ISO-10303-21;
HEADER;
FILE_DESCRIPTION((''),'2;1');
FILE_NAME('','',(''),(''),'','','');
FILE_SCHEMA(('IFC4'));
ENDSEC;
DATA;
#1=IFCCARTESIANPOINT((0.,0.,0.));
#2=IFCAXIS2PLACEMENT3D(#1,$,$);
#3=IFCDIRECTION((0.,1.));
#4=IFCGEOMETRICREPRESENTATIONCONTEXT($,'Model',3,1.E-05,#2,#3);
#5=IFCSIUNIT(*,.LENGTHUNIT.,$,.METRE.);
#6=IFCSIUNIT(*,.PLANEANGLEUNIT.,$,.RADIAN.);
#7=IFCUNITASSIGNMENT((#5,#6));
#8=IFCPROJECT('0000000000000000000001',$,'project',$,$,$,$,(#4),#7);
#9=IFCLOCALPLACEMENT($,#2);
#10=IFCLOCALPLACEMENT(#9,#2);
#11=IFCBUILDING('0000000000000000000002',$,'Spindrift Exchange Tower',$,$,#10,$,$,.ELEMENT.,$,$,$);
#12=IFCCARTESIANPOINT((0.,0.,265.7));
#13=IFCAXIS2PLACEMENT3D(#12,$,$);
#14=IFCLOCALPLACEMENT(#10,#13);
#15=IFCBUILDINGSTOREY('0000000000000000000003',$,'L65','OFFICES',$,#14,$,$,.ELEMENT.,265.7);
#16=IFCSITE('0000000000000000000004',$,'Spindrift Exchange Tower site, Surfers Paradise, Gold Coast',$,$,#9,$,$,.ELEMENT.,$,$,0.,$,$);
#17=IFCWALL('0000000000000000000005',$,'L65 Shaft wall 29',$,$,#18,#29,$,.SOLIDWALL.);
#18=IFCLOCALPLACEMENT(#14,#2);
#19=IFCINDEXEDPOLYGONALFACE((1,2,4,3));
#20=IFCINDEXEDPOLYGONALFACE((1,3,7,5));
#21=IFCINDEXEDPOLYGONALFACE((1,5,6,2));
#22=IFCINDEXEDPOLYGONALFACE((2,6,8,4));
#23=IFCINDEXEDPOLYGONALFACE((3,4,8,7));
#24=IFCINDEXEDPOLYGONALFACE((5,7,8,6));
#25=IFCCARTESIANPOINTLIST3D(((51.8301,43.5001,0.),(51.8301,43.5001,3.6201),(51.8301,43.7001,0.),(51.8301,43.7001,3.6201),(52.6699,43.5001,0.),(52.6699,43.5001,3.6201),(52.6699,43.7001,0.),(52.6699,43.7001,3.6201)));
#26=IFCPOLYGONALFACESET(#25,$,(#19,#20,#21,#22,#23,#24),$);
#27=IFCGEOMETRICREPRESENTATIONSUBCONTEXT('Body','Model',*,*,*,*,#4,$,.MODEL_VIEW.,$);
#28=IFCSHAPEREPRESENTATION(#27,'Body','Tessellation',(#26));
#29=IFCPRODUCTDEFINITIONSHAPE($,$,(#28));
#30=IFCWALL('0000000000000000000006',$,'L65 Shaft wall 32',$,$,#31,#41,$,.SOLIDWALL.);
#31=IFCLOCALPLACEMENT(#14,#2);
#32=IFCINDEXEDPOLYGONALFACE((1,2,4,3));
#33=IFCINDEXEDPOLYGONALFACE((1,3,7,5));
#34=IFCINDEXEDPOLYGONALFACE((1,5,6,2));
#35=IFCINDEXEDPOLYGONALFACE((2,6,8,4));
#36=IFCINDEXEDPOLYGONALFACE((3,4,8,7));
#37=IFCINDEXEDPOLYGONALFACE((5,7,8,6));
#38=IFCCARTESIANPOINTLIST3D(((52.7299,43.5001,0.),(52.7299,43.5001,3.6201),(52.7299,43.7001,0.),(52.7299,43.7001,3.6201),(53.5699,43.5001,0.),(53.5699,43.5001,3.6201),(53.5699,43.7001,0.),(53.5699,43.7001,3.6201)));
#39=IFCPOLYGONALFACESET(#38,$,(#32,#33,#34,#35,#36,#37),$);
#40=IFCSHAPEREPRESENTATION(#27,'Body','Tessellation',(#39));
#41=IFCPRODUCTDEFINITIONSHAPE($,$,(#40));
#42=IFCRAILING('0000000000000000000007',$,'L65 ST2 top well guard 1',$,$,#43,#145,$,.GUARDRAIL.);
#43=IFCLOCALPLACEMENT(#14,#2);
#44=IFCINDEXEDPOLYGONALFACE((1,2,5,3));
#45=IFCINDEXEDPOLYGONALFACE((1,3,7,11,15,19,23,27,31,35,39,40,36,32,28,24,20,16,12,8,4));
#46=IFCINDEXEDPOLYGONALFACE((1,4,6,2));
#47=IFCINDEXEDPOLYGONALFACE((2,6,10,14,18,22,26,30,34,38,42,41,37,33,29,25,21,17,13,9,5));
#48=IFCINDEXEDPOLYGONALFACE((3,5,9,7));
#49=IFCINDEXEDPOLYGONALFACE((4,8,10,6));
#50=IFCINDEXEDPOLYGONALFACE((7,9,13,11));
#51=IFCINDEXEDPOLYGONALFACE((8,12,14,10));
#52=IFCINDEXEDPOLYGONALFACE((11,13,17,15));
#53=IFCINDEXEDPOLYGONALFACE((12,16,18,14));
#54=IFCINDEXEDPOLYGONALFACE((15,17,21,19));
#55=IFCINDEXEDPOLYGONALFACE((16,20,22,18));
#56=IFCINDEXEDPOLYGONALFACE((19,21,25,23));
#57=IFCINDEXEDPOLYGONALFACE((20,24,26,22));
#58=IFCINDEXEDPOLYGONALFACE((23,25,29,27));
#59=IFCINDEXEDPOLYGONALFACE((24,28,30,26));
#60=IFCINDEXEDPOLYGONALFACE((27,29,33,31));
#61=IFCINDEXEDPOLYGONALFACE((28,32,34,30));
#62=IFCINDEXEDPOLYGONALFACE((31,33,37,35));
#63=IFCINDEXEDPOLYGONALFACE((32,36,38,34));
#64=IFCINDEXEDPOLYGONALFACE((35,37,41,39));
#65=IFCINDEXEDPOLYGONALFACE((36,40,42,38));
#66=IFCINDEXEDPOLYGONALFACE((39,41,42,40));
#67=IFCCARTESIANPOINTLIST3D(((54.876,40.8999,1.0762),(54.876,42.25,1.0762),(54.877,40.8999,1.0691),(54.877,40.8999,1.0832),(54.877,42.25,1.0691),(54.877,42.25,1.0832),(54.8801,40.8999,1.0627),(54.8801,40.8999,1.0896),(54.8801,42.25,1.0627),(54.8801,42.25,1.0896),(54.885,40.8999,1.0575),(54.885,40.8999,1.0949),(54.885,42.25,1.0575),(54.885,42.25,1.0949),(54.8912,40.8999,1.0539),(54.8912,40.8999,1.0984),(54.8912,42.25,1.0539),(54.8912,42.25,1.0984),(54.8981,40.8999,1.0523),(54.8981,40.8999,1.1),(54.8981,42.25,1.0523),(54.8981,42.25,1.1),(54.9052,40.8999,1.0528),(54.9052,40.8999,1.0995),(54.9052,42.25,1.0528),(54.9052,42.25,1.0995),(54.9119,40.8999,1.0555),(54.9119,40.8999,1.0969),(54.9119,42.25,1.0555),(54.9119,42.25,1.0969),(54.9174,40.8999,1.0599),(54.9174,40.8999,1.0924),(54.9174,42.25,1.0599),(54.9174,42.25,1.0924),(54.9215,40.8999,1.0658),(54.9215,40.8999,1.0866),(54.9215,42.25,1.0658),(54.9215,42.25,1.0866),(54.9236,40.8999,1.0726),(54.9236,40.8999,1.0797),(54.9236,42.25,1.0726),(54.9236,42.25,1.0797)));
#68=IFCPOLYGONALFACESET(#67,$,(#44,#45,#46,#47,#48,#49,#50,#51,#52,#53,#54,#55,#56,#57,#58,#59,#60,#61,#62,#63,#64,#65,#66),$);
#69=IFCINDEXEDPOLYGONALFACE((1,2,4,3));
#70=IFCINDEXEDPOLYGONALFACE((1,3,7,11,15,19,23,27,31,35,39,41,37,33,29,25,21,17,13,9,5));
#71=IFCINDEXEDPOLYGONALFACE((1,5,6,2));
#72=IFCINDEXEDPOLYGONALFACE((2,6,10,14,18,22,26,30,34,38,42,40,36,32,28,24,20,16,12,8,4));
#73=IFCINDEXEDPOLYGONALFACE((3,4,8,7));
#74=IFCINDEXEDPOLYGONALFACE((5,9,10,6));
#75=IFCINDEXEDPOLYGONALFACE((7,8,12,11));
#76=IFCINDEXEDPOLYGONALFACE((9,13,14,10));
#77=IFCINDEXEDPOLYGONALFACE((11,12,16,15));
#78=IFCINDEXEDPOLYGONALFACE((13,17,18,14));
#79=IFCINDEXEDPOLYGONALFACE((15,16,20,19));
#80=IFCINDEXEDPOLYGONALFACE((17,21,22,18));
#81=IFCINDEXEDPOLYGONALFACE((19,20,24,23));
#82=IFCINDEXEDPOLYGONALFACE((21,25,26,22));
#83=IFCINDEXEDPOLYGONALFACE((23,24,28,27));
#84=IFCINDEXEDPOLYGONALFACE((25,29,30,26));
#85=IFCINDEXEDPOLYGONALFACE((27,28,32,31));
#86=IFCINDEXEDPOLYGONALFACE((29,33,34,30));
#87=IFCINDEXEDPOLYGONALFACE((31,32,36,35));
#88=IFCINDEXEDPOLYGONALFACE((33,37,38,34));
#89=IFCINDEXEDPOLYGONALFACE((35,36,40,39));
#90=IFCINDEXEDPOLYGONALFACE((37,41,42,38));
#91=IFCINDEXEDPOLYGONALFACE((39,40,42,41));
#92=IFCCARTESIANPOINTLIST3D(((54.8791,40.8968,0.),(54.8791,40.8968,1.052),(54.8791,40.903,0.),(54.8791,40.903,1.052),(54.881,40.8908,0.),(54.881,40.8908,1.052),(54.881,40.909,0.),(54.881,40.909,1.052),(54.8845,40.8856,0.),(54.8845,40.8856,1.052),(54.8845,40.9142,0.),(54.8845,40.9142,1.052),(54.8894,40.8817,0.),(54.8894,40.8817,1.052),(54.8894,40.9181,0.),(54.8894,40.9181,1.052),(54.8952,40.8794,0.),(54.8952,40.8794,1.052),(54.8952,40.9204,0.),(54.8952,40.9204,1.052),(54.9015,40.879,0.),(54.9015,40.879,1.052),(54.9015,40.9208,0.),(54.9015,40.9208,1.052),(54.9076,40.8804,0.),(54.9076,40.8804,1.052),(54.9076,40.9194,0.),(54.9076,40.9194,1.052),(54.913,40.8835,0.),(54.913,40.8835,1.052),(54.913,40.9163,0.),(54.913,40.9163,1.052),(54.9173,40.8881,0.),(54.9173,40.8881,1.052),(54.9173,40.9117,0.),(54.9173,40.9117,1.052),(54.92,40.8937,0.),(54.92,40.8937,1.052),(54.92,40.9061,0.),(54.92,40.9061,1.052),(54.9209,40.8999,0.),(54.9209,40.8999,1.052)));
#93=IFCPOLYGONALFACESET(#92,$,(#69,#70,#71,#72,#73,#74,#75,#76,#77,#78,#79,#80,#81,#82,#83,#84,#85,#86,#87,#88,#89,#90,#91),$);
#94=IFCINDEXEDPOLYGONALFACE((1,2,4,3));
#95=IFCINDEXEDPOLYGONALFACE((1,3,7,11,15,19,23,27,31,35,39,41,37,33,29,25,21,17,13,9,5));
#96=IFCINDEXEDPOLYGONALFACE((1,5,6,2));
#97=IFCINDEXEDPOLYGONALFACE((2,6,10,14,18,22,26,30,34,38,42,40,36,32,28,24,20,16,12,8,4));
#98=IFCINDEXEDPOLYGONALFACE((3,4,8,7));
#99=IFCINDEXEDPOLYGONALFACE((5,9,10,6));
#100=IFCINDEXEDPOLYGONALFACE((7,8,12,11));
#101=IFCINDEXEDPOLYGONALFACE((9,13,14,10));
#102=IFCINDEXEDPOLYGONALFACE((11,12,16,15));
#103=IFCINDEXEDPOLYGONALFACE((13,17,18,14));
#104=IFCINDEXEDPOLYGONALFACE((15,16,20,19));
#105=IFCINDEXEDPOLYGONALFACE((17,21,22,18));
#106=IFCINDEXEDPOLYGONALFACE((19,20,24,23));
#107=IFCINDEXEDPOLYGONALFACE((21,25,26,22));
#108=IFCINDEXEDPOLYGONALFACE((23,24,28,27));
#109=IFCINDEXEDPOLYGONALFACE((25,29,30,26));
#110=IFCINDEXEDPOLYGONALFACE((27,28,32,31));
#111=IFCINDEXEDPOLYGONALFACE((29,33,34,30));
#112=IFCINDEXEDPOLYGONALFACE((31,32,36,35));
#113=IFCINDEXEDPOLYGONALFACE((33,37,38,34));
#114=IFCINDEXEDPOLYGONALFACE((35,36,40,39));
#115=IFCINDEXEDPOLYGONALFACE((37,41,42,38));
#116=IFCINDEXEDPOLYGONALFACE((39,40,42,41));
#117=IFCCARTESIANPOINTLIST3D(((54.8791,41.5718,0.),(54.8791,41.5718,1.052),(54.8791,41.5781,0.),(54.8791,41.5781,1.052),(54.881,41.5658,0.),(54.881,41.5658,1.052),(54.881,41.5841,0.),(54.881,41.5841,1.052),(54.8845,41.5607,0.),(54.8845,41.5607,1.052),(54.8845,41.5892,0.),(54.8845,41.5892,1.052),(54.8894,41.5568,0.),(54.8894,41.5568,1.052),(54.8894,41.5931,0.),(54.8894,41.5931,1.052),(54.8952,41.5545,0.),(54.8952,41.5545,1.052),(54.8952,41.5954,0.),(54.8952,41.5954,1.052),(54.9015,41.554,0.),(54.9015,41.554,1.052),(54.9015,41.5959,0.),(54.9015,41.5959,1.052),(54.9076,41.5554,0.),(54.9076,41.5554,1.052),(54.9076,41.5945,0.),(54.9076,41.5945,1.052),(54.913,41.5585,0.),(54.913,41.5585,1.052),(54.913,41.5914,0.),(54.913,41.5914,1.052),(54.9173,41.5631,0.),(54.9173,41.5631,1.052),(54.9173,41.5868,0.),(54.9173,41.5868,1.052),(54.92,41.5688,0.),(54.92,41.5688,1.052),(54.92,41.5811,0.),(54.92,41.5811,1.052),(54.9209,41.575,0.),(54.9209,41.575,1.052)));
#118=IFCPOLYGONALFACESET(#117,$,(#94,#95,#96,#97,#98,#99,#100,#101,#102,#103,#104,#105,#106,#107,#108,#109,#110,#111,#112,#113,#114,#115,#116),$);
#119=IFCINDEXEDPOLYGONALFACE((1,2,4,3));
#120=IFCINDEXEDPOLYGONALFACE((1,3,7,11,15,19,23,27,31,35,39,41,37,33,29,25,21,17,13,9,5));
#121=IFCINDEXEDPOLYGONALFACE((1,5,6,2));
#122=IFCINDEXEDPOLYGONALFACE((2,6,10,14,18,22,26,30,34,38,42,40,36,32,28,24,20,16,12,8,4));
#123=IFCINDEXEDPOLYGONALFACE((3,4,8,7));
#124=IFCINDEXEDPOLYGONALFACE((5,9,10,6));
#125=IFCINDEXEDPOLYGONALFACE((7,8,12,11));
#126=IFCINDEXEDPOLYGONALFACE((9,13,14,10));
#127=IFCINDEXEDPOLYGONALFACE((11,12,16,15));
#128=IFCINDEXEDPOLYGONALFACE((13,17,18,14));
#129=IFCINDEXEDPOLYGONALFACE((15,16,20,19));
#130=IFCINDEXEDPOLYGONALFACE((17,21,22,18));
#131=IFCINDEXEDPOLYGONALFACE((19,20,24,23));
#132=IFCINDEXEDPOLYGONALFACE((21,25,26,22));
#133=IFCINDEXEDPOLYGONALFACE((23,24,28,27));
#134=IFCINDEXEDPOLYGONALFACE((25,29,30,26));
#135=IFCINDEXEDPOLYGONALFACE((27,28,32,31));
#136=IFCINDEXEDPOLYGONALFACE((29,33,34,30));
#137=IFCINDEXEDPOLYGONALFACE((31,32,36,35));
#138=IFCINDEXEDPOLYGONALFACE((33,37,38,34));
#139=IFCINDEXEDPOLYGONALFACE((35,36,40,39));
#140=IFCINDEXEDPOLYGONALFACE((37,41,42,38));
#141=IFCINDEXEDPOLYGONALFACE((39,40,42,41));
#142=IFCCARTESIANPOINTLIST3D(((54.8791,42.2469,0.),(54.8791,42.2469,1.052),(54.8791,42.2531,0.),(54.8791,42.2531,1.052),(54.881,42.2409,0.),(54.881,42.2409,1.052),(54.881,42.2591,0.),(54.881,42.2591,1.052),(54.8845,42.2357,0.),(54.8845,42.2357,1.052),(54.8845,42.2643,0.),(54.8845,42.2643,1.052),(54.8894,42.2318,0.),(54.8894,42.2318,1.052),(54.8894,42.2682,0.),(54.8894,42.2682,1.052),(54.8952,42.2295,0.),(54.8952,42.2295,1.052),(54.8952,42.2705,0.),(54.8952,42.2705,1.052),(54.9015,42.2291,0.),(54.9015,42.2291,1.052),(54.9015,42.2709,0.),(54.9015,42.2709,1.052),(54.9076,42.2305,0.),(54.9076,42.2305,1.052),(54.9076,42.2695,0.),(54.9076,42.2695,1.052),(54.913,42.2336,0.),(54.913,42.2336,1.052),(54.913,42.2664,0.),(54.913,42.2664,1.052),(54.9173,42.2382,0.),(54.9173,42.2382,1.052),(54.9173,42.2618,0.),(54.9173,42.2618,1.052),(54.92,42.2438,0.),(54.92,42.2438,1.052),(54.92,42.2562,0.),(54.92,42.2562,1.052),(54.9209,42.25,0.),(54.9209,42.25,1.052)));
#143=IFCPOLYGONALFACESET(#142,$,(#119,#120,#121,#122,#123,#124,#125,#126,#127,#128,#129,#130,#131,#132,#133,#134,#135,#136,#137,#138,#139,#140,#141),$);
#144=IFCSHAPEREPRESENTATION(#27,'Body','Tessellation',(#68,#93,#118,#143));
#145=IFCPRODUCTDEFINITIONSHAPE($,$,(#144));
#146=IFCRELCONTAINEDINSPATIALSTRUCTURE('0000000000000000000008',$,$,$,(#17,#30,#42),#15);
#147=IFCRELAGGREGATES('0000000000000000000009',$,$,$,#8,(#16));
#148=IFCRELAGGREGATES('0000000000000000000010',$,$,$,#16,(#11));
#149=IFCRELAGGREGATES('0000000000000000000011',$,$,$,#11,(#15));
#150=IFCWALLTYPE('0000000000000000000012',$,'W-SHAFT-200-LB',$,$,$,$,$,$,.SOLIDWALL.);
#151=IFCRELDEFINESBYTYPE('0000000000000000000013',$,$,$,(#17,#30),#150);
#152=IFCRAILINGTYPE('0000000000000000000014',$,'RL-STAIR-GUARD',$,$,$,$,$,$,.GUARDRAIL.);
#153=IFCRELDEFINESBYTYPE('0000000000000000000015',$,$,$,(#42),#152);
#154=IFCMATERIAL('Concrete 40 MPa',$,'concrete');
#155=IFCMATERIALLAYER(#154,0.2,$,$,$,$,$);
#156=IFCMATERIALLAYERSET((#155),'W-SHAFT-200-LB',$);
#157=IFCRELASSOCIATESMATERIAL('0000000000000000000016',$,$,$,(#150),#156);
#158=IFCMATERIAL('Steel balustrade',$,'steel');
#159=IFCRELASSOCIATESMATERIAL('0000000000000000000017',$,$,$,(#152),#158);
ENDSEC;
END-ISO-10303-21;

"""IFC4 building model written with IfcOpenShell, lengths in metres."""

from ifc_helpers import new_model, si_unit, direction, frame, frame_2d, origin, origin_2d, place, context, subcontext, project, spatial, rectangle, circle, extrude, material, layer, layer_set, type_object, element, save


model = new_model("IFC4")

# Units and contexts
model_context = context("Model", 3, precision=1e-05, world=origin(), true_north=direction((0.0, 1.0)))
body_context = subcontext(model_context, "Body", "Model", "MODEL_VIEW")
ifc_project = project(units=[si_unit("LENGTHUNIT", "METRE"), si_unit("PLANEANGLEUNIT", "RADIAN")], contexts=[model_context])

# Site, building, storey
site_placement = place(None, origin())
site = spatial("IfcSite", under=ifc_project, at=site_placement, Name="Spindrift Exchange Tower site, Surfers Paradise, Gold Coast", CompositionType="ELEMENT", RefElevation=0.0)
building_placement = place(site_placement, origin())
building = spatial("IfcBuilding", under=site, at=building_placement, Name="Spindrift Exchange Tower", CompositionType="ELEMENT")
storey_placement = place(building_placement, frame((0.0, 0.0, 265.7)))
storey = spatial("IfcBuildingStorey", under=building, at=storey_placement, Name="L65", Description="OFFICES", CompositionType="ELEMENT", Elevation=265.7)

# Shared definitions
ifc_material_1 = material(Name="Concrete 40 MPa", Category="concrete")

# Shared definitions
ifc_layer_1 = layer(ifc_material_1, 0.2)
ifc_layer_set_1 = layer_set([ifc_layer_1], Name="W-SHAFT-200-LB")
wall_type_1 = type_object("IfcWallType", Name="W-SHAFT-200-LB", PredefinedType="SOLIDWALL", material=ifc_layer_set_1)

# Walls
wall_1_placement = place(storey_placement, frame((52.6699, 43.6001, 0.0), z_axis=(0.0, 0.0, 1.0), x_axis=(-1.0, 0.0, 0.0)))
element("IfcWall", 1, at=wall_1_placement, inside=storey, type_object=wall_type_1, Name="L65 Shaft wall 29", PredefinedType="SOLIDWALL", context=body_context, shape_type="SweptSolid", body=[
    extrude(rectangle(XDim=0.8398, YDim=0.2, at=frame_2d((0.4199, 0.0))), origin(), (0.0, 0.0, 1.0), 3.6201),
])
wall_2_placement = place(storey_placement, frame((52.73, 43.6001, 0.0), z_axis=(0.0, 0.0, 1.0), x_axis=(1.0, 0.0, 0.0)))
element("IfcWall", 2, at=wall_2_placement, inside=storey, type_object=wall_type_1, Name="L65 Shaft wall 32", PredefinedType="SOLIDWALL", context=body_context, shape_type="SweptSolid", body=[
    extrude(rectangle(XDim=0.8401, YDim=0.2, at=frame_2d((0.4199, 0.0))), origin(), (0.0, 0.0, 1.0), 3.6201),
])

# Railing
ifc_material_2 = material(Name="Steel balustrade", Category="steel")
railing_type = type_object("IfcRailingType", Name="RL-STAIR-GUARD", PredefinedType="GUARDRAIL", material=ifc_material_2)
railing_placement = place(storey_placement, frame((54.8999, 40.8999, 0.0)))
element("IfcRailing", 3, at=railing_placement, inside=storey, type_object=railing_type, Name="L65 ST2 top well guard 1", PredefinedType="GUARDRAIL", context=body_context, shape_type="SweptSolid", body=[
    extrude(circle(Radius=0.0239, at=origin_2d()), frame((0.0, 0.0, 1.0762), z_axis=(0.0, 1.0, 0.0), x_axis=(-1.0, 0.0, 0.0)), (0.0, 0.0, 1.0), 1.3501),
    extrude(circle(Radius=0.021, at=origin_2d()), origin(), (0.0, 0.0, 1.0), 1.052),
    extrude(circle(Radius=0.021, at=origin_2d()), frame((0.0, 0.675, 0.0)), (0.0, 0.0, 1.0), 1.052),
    extrude(circle(Radius=0.021, at=origin_2d()), frame((0.0, 1.3501, 0.0)), (0.0, 0.0, 1.0), 1.052),
])

save(model, "model.ifc")
